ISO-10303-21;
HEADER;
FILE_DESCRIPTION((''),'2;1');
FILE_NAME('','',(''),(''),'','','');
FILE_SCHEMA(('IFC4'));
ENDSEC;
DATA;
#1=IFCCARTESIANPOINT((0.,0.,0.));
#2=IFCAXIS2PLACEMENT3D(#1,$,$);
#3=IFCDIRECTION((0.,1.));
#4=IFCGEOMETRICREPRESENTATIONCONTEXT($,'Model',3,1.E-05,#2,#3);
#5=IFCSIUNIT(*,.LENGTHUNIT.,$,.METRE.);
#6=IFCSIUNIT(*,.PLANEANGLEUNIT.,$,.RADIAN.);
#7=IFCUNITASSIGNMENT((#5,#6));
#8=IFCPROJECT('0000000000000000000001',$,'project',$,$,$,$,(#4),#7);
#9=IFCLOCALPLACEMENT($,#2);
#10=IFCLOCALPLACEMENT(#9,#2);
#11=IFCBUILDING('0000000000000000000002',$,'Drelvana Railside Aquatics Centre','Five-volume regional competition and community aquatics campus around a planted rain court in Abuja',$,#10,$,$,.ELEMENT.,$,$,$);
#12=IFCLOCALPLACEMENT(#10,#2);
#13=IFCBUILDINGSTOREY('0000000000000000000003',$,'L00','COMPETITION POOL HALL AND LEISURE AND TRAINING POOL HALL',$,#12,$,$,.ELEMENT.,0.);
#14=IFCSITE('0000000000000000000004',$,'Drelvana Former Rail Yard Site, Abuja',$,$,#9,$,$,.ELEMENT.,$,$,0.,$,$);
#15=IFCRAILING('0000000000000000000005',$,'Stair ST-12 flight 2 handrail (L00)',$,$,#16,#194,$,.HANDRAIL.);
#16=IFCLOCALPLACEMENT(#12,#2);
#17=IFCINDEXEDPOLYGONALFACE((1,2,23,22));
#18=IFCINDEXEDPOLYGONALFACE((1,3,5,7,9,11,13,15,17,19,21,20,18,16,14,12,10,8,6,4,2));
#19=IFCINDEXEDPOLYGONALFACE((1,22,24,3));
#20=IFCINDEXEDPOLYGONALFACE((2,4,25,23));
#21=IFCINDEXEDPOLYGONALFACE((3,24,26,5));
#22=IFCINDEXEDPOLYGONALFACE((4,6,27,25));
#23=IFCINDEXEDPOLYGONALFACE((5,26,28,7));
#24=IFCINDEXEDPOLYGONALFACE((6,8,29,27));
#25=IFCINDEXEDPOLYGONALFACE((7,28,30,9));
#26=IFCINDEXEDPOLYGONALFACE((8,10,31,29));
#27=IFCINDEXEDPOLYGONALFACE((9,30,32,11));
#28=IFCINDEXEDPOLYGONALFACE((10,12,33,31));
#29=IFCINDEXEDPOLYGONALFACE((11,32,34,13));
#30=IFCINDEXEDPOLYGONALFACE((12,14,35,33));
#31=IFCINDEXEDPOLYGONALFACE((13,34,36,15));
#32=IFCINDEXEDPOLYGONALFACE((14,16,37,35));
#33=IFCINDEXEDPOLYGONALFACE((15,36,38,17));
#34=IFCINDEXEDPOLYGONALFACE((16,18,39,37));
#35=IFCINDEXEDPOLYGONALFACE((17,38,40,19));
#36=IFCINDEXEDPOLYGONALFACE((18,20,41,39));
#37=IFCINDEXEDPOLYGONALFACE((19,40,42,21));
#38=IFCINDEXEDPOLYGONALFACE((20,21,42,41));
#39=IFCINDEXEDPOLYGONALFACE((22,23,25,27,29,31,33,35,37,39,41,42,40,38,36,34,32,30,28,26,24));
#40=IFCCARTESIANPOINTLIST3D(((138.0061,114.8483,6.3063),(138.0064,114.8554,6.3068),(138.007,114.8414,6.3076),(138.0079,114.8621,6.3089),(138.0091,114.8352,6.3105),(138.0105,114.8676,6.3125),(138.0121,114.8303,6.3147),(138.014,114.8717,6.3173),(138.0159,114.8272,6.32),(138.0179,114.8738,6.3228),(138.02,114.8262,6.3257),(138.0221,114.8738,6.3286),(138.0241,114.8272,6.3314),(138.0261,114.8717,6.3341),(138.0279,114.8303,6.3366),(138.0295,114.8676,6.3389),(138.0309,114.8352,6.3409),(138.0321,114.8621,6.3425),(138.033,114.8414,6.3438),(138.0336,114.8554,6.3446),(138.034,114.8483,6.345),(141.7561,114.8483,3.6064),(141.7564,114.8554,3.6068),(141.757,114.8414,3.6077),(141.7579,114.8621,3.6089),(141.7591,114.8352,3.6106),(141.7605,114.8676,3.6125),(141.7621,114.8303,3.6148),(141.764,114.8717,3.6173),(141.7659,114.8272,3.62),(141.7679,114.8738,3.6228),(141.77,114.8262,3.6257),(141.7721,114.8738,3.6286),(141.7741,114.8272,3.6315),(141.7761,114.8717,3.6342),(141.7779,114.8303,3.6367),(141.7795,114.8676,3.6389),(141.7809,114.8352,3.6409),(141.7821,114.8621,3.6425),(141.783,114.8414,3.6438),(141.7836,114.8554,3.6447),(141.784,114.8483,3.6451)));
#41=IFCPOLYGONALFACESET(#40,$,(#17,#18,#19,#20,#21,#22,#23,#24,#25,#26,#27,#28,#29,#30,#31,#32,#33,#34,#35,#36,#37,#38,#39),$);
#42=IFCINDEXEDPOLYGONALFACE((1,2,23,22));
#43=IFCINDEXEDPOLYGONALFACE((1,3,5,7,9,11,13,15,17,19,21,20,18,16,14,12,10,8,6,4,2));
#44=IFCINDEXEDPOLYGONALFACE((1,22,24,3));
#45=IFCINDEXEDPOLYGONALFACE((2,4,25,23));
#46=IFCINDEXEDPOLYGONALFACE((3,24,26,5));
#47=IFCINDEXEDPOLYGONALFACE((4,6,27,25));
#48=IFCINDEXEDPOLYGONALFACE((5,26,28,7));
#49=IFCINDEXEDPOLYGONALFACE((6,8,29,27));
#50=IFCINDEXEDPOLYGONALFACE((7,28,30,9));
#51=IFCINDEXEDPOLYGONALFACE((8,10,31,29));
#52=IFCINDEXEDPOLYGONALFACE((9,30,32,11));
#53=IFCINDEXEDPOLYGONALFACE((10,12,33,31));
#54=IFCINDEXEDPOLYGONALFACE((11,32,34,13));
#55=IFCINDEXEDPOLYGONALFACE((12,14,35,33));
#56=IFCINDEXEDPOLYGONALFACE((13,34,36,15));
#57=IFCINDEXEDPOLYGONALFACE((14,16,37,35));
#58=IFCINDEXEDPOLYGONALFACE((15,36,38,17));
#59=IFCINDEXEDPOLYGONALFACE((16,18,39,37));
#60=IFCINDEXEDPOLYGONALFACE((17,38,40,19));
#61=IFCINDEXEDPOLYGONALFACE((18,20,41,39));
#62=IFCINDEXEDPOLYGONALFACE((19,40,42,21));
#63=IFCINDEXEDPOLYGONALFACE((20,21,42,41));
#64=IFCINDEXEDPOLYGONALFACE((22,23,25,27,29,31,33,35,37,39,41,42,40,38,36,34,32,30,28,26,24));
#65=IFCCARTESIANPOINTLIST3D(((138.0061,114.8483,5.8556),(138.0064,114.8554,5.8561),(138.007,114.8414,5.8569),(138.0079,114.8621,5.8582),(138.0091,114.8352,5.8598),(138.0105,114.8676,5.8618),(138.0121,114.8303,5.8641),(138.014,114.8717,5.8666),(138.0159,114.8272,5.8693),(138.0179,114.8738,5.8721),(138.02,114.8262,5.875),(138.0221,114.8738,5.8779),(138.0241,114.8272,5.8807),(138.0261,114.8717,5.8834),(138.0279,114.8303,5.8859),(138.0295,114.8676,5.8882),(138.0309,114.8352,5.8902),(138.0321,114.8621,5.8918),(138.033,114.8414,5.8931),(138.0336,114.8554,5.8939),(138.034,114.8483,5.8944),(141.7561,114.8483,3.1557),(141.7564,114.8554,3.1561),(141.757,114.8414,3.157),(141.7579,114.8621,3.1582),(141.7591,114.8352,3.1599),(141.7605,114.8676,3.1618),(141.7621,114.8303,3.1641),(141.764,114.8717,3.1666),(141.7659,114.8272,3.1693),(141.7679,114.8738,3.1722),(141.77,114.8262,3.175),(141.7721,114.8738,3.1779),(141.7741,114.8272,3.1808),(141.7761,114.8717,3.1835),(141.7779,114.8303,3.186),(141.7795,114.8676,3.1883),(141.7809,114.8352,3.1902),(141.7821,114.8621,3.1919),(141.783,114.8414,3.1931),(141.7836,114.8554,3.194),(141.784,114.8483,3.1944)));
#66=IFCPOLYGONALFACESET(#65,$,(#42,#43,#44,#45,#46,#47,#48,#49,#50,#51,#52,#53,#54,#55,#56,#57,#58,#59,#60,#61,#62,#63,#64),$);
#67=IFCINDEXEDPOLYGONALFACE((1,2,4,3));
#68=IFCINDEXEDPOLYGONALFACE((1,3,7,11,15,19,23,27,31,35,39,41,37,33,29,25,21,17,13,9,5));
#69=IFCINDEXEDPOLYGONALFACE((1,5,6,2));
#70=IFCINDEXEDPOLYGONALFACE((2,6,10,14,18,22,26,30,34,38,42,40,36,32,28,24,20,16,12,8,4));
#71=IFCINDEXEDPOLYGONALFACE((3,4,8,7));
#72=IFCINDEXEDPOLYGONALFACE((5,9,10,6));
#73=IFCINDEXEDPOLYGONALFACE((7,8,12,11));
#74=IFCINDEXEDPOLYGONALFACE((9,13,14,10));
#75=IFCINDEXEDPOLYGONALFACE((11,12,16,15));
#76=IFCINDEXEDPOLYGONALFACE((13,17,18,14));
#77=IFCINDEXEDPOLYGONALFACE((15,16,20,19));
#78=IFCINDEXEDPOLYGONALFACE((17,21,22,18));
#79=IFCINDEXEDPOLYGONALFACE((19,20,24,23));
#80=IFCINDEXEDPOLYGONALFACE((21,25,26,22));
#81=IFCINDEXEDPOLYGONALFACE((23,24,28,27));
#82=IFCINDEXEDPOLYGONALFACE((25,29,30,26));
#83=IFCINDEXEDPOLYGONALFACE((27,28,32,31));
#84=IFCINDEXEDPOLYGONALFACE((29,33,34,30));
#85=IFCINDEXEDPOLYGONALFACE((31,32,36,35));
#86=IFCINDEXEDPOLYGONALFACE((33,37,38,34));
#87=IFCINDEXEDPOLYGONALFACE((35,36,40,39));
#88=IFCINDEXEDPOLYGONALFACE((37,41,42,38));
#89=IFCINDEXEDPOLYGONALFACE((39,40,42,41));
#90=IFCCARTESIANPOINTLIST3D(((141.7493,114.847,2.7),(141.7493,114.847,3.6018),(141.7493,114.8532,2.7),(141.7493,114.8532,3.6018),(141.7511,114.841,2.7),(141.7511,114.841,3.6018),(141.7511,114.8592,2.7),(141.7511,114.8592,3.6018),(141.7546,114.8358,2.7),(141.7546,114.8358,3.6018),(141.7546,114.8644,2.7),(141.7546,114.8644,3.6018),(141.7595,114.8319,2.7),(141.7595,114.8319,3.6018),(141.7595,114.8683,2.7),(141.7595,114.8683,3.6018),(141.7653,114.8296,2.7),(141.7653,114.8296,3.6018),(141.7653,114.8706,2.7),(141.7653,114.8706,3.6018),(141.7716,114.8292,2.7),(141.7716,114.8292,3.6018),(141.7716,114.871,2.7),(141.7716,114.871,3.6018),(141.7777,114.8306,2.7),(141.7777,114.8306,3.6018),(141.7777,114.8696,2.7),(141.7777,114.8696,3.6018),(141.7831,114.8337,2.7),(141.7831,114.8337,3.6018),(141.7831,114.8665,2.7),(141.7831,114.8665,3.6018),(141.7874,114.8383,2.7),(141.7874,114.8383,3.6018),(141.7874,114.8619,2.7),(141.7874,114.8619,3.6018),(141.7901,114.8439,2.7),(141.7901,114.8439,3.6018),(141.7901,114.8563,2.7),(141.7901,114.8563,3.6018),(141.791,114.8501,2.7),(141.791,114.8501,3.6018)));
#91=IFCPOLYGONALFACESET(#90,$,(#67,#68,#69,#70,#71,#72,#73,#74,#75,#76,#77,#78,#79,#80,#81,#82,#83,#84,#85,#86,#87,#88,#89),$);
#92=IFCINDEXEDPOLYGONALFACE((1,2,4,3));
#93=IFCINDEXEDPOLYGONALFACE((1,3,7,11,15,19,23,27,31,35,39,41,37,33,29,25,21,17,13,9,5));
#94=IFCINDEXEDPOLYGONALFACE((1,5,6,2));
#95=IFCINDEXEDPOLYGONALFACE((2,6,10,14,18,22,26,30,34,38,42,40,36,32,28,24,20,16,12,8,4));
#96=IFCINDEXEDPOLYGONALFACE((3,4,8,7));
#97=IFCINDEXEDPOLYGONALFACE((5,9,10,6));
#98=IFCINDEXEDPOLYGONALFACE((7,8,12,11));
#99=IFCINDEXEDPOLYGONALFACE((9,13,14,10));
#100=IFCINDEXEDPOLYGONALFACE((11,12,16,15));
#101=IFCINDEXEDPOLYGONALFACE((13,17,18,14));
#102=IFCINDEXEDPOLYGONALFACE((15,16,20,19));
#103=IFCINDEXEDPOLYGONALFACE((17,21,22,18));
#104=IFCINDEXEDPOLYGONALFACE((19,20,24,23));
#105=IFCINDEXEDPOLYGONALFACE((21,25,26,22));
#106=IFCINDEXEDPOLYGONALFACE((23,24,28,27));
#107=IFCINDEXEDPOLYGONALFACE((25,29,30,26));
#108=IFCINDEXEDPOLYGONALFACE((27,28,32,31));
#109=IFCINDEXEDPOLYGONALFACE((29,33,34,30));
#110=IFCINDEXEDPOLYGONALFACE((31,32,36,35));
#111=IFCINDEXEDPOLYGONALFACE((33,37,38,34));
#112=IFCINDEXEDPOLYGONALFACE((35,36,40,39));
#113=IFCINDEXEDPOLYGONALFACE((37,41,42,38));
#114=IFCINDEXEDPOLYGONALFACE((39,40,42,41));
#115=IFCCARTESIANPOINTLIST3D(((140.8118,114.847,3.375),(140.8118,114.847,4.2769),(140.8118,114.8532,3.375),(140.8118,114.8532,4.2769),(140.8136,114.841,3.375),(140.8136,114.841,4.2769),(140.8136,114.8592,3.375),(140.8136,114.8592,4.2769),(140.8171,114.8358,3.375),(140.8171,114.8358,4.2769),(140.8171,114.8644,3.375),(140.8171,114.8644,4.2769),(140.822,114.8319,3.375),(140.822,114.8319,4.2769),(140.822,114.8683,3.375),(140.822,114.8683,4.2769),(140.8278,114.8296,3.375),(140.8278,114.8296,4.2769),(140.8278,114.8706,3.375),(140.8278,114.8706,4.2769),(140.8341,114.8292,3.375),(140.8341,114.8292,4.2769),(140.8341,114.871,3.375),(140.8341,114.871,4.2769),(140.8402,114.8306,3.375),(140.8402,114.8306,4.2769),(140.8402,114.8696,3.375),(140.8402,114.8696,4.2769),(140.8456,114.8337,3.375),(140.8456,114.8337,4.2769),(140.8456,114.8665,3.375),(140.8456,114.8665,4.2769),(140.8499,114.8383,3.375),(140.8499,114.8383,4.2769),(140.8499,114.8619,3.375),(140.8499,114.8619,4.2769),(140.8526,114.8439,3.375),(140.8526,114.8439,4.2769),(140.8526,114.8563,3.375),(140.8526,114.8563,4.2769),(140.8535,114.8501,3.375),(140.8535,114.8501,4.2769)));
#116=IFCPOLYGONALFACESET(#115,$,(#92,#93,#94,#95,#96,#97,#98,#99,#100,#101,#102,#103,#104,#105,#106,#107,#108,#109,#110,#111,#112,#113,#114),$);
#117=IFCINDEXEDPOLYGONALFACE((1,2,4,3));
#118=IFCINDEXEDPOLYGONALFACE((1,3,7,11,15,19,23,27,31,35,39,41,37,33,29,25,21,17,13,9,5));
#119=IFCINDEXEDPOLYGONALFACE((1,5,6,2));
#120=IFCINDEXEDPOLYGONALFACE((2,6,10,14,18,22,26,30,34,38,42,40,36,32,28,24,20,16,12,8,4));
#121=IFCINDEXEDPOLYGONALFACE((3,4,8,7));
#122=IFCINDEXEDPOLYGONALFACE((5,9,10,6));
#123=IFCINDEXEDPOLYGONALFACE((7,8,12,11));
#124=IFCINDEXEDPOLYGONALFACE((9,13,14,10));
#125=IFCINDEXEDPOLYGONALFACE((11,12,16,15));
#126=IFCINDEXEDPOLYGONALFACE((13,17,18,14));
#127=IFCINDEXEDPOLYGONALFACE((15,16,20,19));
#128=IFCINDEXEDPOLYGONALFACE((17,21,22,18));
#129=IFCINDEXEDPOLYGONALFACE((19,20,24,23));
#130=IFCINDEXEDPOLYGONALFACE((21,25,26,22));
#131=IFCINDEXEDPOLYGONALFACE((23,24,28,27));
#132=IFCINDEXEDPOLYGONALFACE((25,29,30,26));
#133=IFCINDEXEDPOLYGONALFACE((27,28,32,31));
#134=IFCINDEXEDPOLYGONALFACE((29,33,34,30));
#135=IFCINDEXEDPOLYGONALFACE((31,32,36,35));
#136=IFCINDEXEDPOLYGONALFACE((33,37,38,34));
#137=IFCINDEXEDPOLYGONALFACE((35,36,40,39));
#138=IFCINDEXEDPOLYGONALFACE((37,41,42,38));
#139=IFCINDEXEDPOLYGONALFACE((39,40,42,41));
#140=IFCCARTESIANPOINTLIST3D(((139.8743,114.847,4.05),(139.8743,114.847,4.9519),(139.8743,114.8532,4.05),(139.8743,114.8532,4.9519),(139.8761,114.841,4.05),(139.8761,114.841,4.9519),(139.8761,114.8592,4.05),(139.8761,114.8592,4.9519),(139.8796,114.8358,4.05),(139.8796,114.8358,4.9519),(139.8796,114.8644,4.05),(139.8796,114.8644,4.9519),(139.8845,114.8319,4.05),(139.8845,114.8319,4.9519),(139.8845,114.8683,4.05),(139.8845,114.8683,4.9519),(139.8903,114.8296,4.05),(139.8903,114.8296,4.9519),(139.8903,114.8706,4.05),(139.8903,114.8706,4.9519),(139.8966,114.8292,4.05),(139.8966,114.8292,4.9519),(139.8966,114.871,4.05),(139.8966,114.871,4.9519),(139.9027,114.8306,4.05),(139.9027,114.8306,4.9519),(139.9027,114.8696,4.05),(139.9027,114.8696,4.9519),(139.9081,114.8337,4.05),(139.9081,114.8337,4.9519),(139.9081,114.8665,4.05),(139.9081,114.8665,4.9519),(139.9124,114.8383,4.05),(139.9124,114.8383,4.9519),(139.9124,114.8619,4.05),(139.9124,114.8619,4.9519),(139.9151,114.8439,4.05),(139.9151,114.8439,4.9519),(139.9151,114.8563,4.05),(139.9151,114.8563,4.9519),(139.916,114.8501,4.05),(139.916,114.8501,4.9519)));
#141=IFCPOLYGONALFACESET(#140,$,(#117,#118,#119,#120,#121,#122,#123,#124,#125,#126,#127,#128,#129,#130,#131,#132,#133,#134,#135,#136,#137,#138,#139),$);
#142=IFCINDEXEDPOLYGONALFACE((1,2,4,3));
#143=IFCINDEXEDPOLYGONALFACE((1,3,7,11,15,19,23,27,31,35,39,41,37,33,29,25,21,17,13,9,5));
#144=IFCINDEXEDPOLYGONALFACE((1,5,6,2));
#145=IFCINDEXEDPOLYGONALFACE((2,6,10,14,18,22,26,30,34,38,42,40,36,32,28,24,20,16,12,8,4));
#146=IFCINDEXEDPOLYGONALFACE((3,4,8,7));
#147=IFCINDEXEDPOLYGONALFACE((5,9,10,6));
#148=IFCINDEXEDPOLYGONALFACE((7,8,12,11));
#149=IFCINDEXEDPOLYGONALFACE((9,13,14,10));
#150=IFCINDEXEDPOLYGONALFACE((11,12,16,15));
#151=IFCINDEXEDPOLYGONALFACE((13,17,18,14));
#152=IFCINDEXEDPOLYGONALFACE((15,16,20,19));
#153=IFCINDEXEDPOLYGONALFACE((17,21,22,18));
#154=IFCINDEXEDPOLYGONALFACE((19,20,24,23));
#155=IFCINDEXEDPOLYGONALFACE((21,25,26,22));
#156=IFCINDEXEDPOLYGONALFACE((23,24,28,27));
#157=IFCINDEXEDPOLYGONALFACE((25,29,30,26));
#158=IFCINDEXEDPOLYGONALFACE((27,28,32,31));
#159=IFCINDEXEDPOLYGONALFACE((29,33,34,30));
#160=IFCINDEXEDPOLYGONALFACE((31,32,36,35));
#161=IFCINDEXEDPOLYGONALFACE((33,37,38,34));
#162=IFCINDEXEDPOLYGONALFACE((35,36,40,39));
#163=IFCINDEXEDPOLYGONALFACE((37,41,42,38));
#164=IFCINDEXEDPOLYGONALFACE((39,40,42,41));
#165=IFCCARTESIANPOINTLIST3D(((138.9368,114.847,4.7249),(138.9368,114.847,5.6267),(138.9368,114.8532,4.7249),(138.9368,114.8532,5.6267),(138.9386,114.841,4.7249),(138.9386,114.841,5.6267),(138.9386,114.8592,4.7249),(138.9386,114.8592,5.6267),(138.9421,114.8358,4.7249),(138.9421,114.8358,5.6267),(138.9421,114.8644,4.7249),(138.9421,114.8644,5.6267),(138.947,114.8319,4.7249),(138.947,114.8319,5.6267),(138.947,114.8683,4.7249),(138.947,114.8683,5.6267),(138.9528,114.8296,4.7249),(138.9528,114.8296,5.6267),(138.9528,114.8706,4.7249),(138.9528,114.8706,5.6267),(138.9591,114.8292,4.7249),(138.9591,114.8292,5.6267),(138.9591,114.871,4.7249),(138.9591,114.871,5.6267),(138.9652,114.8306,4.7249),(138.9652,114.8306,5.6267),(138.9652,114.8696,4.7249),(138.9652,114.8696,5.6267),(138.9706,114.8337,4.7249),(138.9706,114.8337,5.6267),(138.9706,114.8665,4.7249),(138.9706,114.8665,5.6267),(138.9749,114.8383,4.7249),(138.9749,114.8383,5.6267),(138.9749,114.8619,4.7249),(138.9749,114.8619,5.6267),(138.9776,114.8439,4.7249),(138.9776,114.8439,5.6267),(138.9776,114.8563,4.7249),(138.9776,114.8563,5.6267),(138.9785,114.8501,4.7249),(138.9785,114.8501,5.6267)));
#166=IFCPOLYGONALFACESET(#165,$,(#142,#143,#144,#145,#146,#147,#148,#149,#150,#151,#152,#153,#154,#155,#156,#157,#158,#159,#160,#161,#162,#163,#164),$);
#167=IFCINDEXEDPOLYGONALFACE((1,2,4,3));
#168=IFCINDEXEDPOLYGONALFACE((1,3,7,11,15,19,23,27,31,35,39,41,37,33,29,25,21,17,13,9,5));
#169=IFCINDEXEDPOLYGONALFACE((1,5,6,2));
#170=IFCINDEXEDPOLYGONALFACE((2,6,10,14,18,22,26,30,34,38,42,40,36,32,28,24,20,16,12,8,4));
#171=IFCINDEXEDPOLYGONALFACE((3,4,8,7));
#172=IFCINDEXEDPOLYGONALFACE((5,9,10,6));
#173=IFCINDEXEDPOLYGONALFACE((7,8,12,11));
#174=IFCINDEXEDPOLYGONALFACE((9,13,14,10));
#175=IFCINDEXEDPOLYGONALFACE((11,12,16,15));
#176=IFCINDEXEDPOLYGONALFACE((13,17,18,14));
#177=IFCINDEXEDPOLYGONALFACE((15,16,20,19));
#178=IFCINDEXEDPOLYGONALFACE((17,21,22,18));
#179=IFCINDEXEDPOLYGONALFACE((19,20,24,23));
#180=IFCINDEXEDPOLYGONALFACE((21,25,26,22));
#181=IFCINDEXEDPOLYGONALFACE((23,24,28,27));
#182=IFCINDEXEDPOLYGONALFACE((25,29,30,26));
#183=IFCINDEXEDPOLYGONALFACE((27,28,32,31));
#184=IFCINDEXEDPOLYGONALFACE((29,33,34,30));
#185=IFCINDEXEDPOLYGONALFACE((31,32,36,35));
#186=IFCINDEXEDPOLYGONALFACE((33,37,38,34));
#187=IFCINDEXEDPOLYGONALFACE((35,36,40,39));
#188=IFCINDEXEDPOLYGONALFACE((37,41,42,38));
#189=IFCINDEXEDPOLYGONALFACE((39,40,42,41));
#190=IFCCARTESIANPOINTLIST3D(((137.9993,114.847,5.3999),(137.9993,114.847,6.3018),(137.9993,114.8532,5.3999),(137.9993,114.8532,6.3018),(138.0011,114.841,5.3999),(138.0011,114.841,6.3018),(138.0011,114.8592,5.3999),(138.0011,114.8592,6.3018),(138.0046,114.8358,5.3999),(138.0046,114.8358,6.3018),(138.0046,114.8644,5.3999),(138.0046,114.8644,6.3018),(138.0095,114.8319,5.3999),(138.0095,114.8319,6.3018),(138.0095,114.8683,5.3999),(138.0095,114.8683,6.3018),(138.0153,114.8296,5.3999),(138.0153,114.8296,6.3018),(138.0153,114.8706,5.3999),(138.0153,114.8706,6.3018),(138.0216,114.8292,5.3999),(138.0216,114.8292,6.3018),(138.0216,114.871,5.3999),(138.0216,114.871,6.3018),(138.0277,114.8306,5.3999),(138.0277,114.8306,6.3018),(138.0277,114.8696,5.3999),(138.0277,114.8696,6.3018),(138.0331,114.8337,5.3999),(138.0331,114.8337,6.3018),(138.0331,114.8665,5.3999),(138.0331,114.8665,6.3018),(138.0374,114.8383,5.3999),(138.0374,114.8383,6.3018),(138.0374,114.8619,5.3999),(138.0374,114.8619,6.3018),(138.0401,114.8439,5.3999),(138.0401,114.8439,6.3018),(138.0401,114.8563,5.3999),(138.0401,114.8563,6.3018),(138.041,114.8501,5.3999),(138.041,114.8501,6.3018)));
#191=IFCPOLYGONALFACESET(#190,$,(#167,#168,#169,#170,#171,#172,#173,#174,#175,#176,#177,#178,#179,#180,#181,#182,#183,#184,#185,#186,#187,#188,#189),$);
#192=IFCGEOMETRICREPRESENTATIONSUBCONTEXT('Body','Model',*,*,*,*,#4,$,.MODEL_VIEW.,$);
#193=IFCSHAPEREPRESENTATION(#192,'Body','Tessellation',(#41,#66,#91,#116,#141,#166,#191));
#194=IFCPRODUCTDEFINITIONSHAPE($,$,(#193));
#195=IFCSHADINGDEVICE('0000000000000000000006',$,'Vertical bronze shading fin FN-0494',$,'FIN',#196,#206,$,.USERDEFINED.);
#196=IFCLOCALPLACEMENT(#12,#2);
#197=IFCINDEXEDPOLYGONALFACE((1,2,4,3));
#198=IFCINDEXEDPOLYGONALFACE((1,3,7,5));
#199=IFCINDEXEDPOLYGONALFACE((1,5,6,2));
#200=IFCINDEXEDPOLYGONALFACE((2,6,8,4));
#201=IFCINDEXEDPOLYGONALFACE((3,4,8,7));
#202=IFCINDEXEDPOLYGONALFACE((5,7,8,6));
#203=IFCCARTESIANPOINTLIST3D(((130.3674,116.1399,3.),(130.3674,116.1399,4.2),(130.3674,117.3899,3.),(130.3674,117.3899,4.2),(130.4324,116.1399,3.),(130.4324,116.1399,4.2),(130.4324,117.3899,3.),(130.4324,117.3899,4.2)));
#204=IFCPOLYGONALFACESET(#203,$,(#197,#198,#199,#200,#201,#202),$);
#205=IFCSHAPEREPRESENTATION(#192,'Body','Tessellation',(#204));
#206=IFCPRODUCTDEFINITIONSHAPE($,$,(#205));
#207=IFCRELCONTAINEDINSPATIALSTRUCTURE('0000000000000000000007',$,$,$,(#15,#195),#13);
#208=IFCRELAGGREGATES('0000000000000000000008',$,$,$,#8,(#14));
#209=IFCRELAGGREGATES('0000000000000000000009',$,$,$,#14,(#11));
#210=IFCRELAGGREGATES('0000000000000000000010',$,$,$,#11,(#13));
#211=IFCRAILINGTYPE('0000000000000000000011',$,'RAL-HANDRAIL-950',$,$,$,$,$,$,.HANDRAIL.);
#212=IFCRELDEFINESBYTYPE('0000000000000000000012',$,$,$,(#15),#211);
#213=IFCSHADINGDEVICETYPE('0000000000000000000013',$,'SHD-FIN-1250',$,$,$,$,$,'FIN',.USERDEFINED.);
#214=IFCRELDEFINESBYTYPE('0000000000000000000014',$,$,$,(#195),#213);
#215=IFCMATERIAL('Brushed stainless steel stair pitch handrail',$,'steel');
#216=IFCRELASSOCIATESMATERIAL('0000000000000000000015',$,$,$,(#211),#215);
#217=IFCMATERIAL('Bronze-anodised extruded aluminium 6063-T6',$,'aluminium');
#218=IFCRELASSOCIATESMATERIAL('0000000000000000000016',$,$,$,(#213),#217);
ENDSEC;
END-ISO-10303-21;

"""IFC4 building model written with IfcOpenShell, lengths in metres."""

from ifc_helpers import new_model, si_unit, direction, frame, origin, origin_2d, place, context, subcontext, project, spatial, rectangle, circle, extrude, material, type_object, element, save


model = new_model("IFC4")

# Units and contexts
model_context = context("Model", 3, precision=1e-05, world=origin(), true_north=direction((0.0, 1.0)))
body_context = subcontext(model_context, "Body", "Model", "MODEL_VIEW")
ifc_project = project(units=[si_unit("LENGTHUNIT", "METRE"), si_unit("PLANEANGLEUNIT", "RADIAN")], contexts=[model_context])

# Site, building, storey
site_placement = place(None, origin())
site = spatial("IfcSite", under=ifc_project, at=site_placement, Name="Drelvana Former Rail Yard Site, Abuja", CompositionType="ELEMENT", RefElevation=0.0)
building_placement = place(site_placement, origin())
building = spatial("IfcBuilding", under=site, at=building_placement, Name="Drelvana Railside Aquatics Centre", Description="Five-volume regional competition and community aquatics campus around a planted rain court in Abuja", CompositionType="ELEMENT")
storey_placement = place(building_placement, origin())
storey = spatial("IfcBuildingStorey", under=building, at=storey_placement, Name="L00", Description="COMPETITION POOL HALL AND LEISURE AND TRAINING POOL HALL", CompositionType="ELEMENT", Elevation=0.0)

# Shared definitions
ifc_material_1 = material(Name="Bronze-anodised extruded aluminium 6063-T6", Category="aluminium")

# Railing
ifc_material_2 = material(Name="Brushed stainless steel stair pitch handrail", Category="steel")
railing_type = type_object("IfcRailingType", Name="RAL-HANDRAIL-950", PredefinedType="HANDRAIL", material=ifc_material_2)
railing_1_placement = place(storey_placement, frame((141.77, 114.8501, 2.7)))
element("IfcRailing", 1, at=railing_1_placement, inside=storey, type_object=railing_type, Name="Stair ST-12 flight 2 handrail (L00)", PredefinedType="HANDRAIL", context=body_context, shape_type="SweptSolid", body=[
    extrude(circle(Radius=0.0239, at=origin_2d()), frame((0.0, 0.0, 0.9258), z_axis=(-0.811539, 0.0, 0.584298), x_axis=(0.0, -1.0, 0.0)), (0.0, 0.0, 1.0), 4.6208),
    extrude(circle(Radius=0.0239, at=origin_2d()), frame((0.0, 0.0, 0.4751), z_axis=(-0.811539, 0.0, 0.584298), x_axis=(0.0, -1.0, 0.0)), (0.0, 0.0, 1.0), 4.6208),
    extrude(circle(Radius=0.021, at=origin_2d()), origin(), (0.0, 0.0, 1.0), 0.9019),
    extrude(circle(Radius=0.021, at=origin_2d()), frame((-0.9375, 0.0, 0.675)), (0.0, 0.0, 1.0), 0.9019),
    extrude(circle(Radius=0.021, at=origin_2d()), frame((-1.875, 0.0, 1.3501)), (0.0, 0.0, 1.0), 0.9019),
    extrude(circle(Radius=0.021, at=origin_2d()), frame((-2.8125, 0.0, 2.0249)), (0.0, 0.0, 1.0), 0.9019),
    extrude(circle(Radius=0.021, at=origin_2d()), frame((-3.75, 0.0, 2.7)), (0.0, 0.0, 1.0), 0.9019),
])

# Shading device
shading_device_type = type_object("IfcShadingDeviceType", Name="SHD-FIN-1250", ElementType="FIN", PredefinedType="USERDEFINED", material=ifc_material_1)
for number, where, z_axis, x_axis, name in (
    (2, (130.3999, 116.7649, 3.0), (0.0, 0.0, 1.0), (0.0, 1.0, 0.0), "Vertical bronze shading fin FN-0494"),
):
    element("IfcShadingDevice", number, at=place(storey_placement, frame(where, z_axis=z_axis, x_axis=x_axis)), inside=storey, type_object=shading_device_type, Name=name, ObjectType="FIN", PredefinedType="USERDEFINED", context=body_context, shape_type="SweptSolid", body=[
        extrude(rectangle(XDim=1.25, YDim=0.0649, at=origin_2d()), origin(), (0.0, 0.0, 1.0), 1.2),
    ])

save(model, "model.ifc")
